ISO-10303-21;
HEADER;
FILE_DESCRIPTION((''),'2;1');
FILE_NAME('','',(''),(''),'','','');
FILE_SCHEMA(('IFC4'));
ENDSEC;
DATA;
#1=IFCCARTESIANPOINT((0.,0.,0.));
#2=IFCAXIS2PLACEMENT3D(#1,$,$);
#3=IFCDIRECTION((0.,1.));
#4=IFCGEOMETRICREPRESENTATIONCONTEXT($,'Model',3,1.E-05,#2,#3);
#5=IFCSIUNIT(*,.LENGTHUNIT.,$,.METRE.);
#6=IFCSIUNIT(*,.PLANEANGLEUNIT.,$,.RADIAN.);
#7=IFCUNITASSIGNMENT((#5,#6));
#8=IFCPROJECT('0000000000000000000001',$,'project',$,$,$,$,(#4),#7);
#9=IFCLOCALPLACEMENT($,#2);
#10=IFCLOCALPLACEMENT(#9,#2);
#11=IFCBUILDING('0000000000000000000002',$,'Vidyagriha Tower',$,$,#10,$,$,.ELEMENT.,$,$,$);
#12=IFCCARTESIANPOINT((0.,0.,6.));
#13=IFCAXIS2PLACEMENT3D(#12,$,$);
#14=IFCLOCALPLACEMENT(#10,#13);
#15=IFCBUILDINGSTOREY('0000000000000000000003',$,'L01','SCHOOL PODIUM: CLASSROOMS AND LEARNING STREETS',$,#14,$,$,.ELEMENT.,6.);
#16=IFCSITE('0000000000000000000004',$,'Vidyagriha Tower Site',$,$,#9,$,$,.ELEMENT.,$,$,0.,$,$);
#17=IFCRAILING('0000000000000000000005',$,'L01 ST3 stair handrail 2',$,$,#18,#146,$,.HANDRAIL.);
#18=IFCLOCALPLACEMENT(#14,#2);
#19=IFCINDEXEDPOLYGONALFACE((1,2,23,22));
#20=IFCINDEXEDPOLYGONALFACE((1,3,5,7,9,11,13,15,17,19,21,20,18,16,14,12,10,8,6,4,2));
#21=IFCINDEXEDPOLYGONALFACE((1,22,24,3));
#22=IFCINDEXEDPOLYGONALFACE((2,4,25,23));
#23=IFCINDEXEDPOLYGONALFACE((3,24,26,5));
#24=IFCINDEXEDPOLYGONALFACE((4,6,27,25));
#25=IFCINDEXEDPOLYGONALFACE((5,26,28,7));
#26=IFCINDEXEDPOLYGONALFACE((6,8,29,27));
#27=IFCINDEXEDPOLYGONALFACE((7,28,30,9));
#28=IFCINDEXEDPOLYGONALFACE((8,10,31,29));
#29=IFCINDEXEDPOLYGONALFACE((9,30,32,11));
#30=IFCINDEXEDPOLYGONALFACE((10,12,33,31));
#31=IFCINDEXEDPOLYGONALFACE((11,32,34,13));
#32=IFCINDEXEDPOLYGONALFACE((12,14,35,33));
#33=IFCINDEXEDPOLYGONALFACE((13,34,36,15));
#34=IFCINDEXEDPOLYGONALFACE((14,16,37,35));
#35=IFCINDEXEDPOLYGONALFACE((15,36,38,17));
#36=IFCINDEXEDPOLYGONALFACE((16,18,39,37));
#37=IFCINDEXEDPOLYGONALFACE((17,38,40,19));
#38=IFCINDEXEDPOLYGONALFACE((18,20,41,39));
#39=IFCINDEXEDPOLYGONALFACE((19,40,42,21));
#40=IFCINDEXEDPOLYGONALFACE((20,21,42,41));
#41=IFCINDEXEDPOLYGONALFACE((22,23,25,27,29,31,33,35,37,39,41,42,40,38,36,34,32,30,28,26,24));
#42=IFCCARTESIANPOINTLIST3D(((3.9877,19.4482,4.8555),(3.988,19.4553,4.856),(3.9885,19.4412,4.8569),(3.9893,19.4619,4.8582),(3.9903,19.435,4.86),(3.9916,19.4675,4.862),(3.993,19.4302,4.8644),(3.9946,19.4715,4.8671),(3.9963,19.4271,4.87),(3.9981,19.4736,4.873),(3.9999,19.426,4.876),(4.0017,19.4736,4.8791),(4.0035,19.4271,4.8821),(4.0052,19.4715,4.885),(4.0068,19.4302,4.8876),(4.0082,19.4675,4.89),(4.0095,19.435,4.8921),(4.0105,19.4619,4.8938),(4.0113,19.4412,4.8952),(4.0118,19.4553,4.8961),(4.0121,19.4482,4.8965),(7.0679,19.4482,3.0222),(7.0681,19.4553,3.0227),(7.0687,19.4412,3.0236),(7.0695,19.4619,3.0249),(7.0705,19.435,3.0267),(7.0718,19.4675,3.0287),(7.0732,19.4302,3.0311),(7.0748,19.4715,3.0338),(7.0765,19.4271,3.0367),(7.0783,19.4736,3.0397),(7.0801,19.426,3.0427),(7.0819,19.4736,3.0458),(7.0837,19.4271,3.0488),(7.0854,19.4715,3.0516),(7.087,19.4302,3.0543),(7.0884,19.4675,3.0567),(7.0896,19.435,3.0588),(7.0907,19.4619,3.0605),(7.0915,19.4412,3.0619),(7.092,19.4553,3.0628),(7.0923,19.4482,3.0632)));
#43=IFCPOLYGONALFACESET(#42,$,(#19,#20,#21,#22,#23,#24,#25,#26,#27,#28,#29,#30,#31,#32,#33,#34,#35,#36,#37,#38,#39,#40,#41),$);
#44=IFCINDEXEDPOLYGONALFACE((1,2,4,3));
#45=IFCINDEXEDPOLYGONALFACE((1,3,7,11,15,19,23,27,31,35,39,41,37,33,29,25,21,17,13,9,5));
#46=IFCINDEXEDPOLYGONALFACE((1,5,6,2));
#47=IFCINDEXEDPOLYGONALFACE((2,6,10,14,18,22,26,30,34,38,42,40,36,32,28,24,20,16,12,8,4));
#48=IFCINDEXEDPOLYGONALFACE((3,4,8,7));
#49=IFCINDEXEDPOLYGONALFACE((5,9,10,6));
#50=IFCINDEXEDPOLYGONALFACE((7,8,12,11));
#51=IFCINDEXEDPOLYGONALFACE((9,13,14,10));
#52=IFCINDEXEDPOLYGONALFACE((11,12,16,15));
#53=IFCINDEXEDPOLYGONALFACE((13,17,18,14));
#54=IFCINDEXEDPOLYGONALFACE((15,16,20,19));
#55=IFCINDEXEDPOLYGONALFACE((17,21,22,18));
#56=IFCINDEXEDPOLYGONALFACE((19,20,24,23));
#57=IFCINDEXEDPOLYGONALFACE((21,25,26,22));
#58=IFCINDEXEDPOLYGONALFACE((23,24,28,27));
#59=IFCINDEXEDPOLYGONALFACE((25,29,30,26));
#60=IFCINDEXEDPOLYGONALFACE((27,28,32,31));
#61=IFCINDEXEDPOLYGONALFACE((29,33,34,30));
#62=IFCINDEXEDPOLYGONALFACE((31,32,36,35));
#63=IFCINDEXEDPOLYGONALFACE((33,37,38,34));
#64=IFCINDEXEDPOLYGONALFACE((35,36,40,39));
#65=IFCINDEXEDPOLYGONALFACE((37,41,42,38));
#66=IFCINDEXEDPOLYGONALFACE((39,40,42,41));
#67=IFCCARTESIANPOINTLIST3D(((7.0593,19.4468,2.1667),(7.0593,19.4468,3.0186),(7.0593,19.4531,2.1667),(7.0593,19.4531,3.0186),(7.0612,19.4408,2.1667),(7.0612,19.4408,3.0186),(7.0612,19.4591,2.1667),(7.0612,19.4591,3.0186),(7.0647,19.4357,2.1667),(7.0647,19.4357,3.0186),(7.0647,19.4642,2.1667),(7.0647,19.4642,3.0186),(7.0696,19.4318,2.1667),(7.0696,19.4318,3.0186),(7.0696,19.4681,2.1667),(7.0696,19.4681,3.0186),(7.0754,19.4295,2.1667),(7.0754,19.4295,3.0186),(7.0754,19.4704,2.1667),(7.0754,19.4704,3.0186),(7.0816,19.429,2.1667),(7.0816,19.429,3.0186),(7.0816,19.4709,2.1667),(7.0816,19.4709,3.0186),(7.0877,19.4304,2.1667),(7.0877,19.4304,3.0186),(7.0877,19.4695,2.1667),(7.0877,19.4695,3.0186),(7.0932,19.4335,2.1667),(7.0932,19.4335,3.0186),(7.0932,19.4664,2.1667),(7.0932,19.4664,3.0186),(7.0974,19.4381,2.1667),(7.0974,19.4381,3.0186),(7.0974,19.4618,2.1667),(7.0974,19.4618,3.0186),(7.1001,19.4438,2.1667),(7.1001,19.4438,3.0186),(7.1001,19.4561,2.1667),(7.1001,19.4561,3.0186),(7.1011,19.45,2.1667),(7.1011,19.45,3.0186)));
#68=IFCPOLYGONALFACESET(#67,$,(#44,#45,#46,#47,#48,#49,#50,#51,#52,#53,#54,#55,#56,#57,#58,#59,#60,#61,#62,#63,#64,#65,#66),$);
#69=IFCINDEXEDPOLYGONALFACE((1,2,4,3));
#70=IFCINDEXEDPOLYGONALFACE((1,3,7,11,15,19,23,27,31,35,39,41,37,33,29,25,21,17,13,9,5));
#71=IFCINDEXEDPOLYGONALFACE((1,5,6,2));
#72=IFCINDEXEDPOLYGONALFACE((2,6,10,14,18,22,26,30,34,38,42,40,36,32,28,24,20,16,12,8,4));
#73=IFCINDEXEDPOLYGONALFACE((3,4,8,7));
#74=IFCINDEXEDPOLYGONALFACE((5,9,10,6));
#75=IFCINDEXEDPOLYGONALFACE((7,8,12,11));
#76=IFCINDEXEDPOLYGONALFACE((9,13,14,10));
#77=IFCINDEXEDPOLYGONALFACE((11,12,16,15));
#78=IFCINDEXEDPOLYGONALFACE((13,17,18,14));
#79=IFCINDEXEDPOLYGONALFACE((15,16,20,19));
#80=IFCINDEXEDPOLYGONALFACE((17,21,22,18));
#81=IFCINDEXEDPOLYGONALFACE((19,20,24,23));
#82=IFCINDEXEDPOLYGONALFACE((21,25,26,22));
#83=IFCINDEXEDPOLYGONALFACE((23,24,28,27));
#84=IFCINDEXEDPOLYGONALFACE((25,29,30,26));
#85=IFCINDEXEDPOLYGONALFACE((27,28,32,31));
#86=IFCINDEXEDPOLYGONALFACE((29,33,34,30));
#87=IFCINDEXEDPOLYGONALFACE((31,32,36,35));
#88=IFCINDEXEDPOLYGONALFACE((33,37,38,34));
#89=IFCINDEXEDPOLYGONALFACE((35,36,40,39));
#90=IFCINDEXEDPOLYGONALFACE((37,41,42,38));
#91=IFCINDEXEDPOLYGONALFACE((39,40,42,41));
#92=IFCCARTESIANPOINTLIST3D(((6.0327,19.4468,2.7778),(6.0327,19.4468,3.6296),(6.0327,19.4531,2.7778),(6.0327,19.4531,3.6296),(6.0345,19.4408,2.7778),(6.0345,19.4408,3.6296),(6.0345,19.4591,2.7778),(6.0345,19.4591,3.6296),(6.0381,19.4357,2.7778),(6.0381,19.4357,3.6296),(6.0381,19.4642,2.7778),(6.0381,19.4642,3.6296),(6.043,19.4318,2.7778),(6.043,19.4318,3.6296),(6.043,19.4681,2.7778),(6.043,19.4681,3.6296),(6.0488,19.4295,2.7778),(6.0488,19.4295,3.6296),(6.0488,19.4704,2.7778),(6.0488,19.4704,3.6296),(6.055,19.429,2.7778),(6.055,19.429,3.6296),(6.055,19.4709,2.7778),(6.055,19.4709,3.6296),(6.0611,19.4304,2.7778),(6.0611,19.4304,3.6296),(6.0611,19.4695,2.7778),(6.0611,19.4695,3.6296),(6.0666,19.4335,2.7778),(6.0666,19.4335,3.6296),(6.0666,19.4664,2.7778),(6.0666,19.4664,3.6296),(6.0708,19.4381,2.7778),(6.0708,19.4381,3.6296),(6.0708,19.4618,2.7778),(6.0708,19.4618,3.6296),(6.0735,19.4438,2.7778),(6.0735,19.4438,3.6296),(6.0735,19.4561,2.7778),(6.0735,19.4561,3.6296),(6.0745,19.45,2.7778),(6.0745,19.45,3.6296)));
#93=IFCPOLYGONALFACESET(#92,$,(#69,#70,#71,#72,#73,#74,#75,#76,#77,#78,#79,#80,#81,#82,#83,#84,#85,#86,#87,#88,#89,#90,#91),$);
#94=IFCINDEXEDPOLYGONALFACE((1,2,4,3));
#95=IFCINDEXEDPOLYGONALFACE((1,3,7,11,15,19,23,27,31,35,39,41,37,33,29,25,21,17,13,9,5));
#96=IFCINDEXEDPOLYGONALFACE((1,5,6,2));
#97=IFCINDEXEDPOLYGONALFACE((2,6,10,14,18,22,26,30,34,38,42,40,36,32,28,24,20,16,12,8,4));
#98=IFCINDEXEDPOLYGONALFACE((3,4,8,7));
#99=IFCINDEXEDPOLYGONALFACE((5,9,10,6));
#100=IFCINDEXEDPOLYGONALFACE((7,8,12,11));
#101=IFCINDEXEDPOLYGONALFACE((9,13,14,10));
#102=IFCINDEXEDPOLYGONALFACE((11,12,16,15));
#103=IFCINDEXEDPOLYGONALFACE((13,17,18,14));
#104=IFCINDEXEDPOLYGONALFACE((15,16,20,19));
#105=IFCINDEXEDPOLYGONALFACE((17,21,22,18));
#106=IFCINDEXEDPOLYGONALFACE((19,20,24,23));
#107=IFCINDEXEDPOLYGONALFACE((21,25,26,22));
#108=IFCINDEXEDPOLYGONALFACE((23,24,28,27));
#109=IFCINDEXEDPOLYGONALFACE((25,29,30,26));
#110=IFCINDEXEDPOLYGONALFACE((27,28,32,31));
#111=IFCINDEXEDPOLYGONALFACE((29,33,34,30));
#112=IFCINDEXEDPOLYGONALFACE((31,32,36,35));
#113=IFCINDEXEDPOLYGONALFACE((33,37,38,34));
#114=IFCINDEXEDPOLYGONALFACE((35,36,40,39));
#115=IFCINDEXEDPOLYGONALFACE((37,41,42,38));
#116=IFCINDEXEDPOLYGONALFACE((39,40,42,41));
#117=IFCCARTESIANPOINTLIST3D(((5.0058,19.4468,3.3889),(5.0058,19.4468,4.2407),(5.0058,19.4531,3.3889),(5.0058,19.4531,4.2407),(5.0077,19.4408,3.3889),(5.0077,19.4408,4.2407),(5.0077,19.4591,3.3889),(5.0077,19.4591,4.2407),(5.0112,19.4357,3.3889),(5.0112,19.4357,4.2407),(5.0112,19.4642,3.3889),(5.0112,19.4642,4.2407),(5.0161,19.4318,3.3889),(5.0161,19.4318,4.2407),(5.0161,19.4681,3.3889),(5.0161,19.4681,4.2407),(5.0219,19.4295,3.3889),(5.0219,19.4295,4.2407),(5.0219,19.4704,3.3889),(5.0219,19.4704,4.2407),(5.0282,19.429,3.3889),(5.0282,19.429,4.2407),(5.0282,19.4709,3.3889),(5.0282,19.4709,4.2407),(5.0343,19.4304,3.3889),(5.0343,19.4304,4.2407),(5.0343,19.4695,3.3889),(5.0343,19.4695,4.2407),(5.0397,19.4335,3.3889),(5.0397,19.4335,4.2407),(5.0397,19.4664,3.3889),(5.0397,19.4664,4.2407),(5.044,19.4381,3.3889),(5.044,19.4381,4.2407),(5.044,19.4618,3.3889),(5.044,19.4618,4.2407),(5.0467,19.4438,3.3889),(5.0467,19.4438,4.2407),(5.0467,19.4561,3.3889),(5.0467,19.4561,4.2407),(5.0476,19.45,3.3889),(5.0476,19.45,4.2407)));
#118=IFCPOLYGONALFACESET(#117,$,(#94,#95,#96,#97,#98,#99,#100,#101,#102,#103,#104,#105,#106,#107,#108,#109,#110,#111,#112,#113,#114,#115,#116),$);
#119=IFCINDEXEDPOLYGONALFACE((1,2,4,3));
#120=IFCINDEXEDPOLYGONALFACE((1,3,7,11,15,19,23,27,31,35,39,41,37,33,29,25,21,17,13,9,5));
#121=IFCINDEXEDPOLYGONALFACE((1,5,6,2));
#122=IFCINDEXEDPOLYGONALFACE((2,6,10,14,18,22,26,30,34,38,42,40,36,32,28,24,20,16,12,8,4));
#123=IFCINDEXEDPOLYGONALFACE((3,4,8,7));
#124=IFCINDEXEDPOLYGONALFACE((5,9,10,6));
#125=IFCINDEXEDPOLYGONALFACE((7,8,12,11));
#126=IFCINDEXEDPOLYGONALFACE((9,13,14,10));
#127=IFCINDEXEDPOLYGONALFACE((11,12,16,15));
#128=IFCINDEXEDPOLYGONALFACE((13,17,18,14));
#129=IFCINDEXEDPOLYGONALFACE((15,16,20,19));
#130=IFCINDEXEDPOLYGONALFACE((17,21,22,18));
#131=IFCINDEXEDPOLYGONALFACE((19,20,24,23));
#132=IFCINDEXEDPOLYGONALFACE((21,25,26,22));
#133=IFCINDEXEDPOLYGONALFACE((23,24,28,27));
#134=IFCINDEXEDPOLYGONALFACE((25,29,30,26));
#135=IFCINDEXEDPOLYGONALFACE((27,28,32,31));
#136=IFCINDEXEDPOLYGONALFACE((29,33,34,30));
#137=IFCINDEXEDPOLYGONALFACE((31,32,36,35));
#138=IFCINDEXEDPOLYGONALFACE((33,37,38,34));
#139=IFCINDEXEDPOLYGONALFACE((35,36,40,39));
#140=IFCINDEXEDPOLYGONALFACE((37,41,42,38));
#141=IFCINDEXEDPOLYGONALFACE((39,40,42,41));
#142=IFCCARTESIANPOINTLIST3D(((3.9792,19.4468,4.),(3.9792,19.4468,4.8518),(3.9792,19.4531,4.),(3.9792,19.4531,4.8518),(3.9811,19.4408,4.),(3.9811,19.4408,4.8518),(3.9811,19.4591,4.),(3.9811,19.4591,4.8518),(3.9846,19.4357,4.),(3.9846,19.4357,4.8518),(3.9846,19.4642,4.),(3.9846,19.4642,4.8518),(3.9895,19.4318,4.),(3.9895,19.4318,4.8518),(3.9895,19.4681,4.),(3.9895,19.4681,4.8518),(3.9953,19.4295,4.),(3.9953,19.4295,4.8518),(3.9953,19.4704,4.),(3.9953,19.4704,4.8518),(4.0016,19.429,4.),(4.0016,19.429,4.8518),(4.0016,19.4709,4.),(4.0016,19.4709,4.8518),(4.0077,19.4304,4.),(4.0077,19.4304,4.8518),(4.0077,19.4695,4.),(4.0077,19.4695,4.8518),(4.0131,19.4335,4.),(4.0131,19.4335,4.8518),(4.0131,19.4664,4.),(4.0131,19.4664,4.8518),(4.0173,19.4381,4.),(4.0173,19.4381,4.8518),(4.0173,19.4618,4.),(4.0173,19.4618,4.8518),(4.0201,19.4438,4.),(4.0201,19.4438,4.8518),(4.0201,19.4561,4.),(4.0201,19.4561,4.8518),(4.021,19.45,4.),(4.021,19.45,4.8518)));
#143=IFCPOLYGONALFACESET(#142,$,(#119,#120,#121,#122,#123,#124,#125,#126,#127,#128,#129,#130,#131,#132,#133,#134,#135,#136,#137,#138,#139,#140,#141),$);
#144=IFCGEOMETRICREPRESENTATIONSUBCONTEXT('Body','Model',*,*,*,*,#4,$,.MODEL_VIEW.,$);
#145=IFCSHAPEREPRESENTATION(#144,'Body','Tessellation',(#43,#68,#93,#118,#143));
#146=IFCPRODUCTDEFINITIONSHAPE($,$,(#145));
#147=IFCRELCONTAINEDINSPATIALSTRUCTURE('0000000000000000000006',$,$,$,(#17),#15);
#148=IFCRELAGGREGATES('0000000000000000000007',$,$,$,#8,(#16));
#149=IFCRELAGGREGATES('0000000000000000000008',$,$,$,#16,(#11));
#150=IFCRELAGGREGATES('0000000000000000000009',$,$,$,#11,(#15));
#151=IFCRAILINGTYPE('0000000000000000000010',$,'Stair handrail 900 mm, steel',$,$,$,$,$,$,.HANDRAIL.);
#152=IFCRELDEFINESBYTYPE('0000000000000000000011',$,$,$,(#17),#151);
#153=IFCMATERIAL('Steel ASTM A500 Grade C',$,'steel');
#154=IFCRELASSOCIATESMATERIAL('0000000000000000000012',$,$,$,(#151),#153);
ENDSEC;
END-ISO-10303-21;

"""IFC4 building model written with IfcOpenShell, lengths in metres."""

from ifc_helpers import new_model, si_unit, direction, frame, origin, origin_2d, place, context, subcontext, project, spatial, circle, extrude, material, type_object, element, save


model = new_model("IFC4")

# Units and contexts
model_context = context("Model", 3, precision=1e-05, world=origin(), true_north=direction((0.0, 1.0)))
body_context = subcontext(model_context, "Body", "Model", "MODEL_VIEW")
ifc_project = project(units=[si_unit("LENGTHUNIT", "METRE"), si_unit("PLANEANGLEUNIT", "RADIAN")], contexts=[model_context])

# Site, building, storey
site_placement = place(None, origin())
site = spatial("IfcSite", under=ifc_project, at=site_placement, Name="Vidyagriha Tower Site", CompositionType="ELEMENT", RefElevation=0.0)
building_placement = place(site_placement, origin())
building = spatial("IfcBuilding", under=site, at=building_placement, Name="Vidyagriha Tower", CompositionType="ELEMENT")
storey_placement = place(building_placement, frame((0.0, 0.0, 6.0)))
storey = spatial("IfcBuildingStorey", under=building, at=storey_placement, Name="L01", Description="SCHOOL PODIUM: CLASSROOMS AND LEARNING STREETS", CompositionType="ELEMENT", Elevation=6.0)

# Railing
ifc_material_1 = material(Name="Steel ASTM A500 Grade C", Category="steel")
railing_type_1 = type_object("IfcRailingType", Name="Stair handrail 900 mm, steel", PredefinedType="HANDRAIL", material=ifc_material_1)
railing_1_placement = place(storey_placement, frame((7.0801, 19.45, 2.1667)))
element("IfcRailing", 1, at=railing_1_placement, inside=storey, type_object=railing_type_1, Name="L01 ST3 stair handrail 2", PredefinedType="HANDRAIL", context=body_context, shape_type="SweptSolid", body=[
    extrude(circle(Radius=0.0239, at=origin_2d()), frame((0.0, 0.0, 0.876), z_axis=(-0.859309, 0.0, 0.511458), x_axis=(0.0, -1.0, 0.0)), (0.0, 0.0, 1.0), 3.5845),
    extrude(circle(Radius=0.021, at=origin_2d()), origin(), (0.0, 0.0, 1.0), 0.8518),
    extrude(circle(Radius=0.021, at=origin_2d()), frame((-1.0266, 0.0, 0.6111)), (0.0, 0.0, 1.0), 0.8518),
    extrude(circle(Radius=0.021, at=origin_2d()), frame((-2.0535, 0.0, 1.2222)), (0.0, 0.0, 1.0), 0.8518),
    extrude(circle(Radius=0.021, at=origin_2d()), frame((-3.0801, 0.0, 1.8333)), (0.0, 0.0, 1.0), 0.8518),
])

save(model, "model.ifc")
